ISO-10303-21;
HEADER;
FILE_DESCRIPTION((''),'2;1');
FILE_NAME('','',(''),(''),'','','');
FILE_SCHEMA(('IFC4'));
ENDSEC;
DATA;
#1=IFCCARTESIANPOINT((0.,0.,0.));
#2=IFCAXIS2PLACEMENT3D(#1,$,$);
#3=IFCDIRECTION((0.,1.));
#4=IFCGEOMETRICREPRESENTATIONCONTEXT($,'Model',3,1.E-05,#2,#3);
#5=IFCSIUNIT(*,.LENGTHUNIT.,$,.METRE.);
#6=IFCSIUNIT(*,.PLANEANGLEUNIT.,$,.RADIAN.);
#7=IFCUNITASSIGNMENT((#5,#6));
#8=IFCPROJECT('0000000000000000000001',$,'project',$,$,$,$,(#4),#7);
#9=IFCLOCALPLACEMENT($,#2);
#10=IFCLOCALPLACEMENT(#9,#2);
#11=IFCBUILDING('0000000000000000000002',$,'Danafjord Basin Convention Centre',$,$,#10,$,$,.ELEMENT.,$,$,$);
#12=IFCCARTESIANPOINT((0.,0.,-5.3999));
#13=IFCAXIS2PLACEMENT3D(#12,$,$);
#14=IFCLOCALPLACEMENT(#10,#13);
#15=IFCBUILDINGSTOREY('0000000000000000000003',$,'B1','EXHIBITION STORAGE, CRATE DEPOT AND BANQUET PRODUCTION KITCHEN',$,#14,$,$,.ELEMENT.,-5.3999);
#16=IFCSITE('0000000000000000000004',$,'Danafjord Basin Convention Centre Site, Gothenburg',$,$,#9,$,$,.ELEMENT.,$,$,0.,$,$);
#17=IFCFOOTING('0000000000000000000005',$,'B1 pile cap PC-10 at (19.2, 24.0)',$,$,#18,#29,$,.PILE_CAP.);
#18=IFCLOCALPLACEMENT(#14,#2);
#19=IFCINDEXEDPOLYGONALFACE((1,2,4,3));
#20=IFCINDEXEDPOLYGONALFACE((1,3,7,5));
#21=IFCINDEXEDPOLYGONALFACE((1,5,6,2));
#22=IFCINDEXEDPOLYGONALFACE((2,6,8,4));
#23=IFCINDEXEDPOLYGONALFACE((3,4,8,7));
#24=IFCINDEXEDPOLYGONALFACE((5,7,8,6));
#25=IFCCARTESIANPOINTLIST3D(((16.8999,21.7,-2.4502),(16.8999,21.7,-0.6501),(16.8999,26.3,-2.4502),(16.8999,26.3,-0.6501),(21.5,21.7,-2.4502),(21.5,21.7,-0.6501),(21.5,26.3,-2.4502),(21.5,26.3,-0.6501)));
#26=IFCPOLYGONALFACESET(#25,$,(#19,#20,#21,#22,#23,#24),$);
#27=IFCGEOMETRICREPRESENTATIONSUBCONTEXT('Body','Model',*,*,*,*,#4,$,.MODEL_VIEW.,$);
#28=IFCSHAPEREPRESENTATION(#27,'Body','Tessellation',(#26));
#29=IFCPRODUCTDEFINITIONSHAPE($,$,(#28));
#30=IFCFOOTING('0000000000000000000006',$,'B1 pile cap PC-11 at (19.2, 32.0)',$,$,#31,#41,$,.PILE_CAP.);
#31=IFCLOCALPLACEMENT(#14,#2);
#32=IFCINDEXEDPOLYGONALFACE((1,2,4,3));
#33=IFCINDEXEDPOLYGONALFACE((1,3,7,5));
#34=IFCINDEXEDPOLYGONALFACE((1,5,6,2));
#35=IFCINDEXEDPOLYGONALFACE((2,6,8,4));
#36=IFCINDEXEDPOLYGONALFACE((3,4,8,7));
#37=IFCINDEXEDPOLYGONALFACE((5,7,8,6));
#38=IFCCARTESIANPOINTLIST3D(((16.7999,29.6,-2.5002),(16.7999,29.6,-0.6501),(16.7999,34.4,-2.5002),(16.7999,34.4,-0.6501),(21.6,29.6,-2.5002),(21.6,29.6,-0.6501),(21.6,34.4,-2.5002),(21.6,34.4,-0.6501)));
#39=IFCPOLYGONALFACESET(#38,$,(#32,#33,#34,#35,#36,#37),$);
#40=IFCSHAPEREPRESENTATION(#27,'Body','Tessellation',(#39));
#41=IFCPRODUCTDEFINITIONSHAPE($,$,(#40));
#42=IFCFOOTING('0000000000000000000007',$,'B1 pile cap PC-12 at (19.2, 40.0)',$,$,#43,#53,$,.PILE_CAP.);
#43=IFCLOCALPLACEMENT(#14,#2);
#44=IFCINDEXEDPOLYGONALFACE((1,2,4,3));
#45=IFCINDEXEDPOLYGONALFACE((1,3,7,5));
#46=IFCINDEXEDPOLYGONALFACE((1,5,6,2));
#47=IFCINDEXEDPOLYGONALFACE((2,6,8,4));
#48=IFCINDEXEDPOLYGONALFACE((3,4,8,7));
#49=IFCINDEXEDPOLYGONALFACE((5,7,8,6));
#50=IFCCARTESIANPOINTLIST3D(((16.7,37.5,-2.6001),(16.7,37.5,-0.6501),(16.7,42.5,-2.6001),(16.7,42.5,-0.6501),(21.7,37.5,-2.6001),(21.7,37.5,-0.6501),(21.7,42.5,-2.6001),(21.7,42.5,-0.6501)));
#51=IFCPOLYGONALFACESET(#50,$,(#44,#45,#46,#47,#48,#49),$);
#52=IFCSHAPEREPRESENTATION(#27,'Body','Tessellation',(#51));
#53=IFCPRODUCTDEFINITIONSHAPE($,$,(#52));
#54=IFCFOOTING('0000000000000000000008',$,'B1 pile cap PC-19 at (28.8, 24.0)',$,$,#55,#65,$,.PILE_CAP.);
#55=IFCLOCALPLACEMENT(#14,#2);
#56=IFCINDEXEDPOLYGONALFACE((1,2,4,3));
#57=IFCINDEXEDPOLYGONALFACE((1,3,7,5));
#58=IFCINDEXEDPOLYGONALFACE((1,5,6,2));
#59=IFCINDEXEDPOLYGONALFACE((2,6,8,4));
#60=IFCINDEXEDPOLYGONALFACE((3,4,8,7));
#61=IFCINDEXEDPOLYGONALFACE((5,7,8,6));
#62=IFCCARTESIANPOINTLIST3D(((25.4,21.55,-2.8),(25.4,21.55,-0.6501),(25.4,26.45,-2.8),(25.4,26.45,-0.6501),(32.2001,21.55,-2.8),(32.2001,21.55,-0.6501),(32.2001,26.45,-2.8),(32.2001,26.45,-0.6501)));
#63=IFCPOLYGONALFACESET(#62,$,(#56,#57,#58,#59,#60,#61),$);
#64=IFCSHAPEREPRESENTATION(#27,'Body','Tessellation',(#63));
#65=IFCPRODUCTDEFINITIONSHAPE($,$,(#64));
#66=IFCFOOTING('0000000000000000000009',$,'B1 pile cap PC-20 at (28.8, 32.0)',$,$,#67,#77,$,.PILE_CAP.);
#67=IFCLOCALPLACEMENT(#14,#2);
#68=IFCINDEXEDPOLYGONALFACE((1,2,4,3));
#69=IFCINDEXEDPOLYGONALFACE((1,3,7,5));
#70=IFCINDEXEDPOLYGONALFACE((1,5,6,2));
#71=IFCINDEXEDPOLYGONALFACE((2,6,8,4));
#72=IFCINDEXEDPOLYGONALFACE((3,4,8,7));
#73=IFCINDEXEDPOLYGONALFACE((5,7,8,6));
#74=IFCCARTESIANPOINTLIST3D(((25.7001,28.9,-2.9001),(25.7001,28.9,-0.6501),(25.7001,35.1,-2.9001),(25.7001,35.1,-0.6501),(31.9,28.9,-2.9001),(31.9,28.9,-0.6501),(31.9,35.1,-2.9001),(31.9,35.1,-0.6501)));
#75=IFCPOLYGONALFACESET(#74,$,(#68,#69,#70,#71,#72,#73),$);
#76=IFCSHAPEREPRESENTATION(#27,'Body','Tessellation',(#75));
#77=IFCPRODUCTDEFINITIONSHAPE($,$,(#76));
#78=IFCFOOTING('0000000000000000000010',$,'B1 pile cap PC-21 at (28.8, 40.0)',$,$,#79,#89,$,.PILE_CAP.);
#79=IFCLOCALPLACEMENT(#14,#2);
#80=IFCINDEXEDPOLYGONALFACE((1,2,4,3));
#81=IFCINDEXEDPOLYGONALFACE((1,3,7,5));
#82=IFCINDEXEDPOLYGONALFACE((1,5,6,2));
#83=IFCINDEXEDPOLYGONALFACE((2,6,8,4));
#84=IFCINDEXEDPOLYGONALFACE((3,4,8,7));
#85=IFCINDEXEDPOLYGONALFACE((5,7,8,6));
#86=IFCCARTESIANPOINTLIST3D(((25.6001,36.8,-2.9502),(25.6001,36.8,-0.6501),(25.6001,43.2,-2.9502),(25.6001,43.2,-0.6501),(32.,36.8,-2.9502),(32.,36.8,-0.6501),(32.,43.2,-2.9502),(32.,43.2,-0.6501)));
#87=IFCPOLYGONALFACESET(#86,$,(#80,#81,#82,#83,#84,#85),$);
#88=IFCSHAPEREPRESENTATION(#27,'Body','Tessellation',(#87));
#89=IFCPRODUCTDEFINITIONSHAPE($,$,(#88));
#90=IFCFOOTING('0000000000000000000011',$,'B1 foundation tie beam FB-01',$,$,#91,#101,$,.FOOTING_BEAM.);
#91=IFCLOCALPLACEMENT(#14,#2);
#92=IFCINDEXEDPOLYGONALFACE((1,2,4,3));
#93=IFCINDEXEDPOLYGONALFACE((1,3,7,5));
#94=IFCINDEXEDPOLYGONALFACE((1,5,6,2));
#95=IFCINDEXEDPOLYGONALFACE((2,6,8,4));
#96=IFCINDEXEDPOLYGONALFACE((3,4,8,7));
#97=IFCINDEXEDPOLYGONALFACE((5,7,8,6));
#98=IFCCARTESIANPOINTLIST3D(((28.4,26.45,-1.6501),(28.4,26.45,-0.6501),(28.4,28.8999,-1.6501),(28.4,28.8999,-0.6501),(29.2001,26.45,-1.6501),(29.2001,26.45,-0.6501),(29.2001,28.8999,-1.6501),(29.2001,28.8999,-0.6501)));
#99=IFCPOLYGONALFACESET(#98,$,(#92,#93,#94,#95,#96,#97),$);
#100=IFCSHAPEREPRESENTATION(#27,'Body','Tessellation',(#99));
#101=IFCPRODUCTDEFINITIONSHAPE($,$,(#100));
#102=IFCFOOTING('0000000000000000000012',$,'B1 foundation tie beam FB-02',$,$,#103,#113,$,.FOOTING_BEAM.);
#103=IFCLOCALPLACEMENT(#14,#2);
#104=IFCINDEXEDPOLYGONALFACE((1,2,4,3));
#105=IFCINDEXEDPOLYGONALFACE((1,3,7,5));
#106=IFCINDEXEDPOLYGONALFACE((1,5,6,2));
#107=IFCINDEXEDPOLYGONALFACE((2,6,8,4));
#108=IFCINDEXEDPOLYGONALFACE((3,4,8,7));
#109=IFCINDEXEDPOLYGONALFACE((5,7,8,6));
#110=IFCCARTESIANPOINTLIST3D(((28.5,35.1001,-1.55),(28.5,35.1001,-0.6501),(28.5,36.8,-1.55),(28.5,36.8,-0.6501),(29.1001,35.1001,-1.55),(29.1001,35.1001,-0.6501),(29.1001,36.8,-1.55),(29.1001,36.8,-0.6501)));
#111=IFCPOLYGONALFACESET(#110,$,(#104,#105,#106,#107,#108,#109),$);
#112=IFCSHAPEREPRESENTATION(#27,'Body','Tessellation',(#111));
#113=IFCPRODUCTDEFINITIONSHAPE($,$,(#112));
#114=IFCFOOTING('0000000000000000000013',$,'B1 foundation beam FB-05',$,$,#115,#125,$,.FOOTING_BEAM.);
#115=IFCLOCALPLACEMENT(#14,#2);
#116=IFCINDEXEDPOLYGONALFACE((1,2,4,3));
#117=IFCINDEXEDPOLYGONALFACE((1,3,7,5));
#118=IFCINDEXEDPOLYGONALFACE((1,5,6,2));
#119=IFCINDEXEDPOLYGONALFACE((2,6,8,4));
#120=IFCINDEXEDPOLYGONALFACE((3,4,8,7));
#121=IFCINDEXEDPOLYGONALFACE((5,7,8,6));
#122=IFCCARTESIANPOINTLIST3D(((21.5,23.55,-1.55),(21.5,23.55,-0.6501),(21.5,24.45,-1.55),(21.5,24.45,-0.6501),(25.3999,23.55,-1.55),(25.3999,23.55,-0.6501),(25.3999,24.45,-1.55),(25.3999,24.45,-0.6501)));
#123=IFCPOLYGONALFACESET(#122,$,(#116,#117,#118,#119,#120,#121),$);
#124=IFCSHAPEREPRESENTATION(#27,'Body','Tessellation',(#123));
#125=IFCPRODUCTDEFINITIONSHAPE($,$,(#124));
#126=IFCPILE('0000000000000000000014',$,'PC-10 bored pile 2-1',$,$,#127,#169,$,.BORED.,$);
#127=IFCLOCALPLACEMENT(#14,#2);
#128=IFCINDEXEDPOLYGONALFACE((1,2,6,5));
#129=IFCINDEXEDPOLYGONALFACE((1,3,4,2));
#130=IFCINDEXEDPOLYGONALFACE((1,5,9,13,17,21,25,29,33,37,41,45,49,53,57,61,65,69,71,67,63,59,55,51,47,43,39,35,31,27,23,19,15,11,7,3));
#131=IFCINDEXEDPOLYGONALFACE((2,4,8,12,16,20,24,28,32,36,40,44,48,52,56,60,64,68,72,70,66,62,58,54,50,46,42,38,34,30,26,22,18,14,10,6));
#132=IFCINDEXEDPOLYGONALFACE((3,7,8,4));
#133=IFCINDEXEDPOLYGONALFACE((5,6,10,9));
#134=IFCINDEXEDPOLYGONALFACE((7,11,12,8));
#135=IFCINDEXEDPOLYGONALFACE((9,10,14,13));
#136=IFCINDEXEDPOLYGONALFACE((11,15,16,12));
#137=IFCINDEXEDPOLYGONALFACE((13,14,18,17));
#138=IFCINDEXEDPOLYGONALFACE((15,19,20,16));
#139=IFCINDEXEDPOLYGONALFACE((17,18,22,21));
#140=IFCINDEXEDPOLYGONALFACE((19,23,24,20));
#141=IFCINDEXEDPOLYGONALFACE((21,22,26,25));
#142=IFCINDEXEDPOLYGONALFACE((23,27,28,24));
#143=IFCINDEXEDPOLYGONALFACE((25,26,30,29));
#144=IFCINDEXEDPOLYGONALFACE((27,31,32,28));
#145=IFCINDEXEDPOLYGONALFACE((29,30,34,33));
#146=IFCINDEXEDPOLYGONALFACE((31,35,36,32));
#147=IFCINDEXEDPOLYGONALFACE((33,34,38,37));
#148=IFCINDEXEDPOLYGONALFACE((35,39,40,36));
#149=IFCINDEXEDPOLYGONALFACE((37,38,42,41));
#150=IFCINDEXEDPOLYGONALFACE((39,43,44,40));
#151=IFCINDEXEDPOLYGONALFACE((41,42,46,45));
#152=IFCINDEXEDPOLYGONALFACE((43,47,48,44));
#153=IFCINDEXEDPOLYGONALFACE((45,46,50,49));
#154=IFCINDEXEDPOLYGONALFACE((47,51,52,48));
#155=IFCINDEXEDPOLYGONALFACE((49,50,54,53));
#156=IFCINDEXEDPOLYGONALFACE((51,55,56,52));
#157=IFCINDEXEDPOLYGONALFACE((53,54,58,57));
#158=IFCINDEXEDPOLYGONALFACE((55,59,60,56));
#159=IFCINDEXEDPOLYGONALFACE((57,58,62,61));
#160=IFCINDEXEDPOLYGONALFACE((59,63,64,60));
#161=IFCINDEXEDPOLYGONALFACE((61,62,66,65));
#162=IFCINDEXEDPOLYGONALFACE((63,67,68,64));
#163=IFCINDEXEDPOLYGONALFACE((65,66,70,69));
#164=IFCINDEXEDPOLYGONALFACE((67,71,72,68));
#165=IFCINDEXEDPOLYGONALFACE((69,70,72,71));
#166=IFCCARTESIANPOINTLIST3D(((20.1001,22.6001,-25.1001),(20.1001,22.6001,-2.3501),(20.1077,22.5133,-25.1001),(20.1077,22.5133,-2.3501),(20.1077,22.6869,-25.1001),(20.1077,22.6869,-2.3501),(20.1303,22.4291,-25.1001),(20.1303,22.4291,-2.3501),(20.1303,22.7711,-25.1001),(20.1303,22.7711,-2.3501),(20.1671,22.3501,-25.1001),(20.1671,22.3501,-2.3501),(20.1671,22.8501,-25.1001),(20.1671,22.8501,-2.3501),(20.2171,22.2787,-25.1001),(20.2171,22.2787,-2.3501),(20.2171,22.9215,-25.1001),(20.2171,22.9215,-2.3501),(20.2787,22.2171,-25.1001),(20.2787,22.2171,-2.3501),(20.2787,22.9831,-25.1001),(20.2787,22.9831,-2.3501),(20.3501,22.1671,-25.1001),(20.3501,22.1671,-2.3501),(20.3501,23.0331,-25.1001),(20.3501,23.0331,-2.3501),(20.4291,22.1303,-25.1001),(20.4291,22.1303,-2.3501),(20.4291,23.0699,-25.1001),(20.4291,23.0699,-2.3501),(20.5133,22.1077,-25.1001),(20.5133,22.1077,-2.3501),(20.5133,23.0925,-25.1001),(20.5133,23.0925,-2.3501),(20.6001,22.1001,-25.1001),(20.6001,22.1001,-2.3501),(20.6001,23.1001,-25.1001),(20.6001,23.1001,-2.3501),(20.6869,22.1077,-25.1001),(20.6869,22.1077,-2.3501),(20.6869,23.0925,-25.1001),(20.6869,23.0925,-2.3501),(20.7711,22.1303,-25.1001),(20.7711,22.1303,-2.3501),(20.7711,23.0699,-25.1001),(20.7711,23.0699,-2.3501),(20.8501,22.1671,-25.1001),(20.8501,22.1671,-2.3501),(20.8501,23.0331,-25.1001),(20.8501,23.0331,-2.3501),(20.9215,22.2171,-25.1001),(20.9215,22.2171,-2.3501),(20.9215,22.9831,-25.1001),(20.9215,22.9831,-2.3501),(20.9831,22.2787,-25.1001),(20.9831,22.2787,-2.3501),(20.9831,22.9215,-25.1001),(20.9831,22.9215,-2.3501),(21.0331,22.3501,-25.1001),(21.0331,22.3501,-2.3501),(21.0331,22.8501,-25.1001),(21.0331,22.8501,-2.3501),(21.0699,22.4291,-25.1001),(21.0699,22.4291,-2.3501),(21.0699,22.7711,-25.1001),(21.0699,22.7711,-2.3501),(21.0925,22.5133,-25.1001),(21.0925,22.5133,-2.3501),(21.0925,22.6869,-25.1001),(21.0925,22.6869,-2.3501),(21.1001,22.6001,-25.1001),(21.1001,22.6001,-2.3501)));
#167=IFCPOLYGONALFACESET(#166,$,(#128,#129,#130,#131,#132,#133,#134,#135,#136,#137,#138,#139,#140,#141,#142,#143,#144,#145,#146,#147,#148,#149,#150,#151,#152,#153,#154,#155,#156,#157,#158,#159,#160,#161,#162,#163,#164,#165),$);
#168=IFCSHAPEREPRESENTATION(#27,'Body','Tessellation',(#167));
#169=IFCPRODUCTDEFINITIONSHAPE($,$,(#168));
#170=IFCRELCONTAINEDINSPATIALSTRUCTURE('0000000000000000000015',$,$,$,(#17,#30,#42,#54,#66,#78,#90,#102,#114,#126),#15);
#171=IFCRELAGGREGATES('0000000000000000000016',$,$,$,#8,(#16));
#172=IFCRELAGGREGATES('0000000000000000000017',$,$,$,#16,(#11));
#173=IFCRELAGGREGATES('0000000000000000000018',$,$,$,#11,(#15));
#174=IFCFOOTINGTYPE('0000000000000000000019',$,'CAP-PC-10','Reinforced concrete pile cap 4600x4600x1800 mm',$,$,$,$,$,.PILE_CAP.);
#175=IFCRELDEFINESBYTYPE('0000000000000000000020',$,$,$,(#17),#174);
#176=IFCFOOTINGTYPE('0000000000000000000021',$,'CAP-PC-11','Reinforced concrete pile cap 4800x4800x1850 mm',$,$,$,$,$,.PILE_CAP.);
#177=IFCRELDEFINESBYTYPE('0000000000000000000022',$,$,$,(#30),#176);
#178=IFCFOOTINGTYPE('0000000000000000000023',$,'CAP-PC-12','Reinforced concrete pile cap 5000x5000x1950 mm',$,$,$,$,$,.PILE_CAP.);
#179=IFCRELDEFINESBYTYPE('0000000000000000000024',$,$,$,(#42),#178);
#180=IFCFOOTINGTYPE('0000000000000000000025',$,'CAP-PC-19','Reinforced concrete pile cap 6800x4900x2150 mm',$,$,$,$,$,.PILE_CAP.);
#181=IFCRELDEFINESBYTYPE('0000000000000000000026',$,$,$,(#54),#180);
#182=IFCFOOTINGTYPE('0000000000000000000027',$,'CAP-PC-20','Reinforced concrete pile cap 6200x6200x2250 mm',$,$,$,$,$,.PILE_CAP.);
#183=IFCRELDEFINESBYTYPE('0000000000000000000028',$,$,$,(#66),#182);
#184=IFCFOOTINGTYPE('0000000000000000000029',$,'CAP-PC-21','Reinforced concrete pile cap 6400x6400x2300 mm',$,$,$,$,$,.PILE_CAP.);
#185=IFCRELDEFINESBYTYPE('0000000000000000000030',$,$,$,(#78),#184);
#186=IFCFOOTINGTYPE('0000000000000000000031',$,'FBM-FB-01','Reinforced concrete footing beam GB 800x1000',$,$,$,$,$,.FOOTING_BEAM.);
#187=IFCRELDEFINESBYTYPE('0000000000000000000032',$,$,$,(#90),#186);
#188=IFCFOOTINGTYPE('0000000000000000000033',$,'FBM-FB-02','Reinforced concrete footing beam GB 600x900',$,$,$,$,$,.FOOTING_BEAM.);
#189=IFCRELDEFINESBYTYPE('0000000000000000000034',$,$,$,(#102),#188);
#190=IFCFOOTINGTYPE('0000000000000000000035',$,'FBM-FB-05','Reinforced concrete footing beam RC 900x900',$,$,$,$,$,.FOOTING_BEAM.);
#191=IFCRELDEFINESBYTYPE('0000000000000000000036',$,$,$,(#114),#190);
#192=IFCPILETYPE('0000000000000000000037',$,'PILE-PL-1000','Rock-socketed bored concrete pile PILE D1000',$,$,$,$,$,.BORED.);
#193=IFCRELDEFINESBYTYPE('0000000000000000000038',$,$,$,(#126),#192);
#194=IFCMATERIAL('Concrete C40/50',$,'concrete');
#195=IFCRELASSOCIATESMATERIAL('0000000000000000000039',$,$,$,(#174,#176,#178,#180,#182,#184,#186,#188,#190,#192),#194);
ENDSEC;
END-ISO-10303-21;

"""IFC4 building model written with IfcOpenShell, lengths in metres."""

from ifc_helpers import new_model, si_unit, direction, frame, origin, origin_2d, place, context, subcontext, project, spatial, rectangle, circle, extrude, material, material_profile, profile_set, type_object, element, save


model = new_model("IFC4")

# Units and contexts
model_context = context("Model", 3, precision=1e-05, world=origin(), true_north=direction((0.0, 1.0)))
body_context = subcontext(model_context, "Body", "Model", "MODEL_VIEW")
ifc_project = project(units=[si_unit("LENGTHUNIT", "METRE"), si_unit("PLANEANGLEUNIT", "RADIAN")], contexts=[model_context])

# Site, building, storey
site_placement = place(None, origin())
site = spatial("IfcSite", under=ifc_project, at=site_placement, Name="Danafjord Basin Convention Centre Site, Gothenburg", CompositionType="ELEMENT", RefElevation=0.0)
building_placement = place(site_placement, origin())
building = spatial("IfcBuilding", under=site, at=building_placement, Name="Danafjord Basin Convention Centre", CompositionType="ELEMENT")
storey_placement = place(building_placement, frame((0.0, 0.0, -5.3999)))
storey = spatial("IfcBuildingStorey", under=building, at=storey_placement, Name="B1", Description="EXHIBITION STORAGE, CRATE DEPOT AND BANQUET PRODUCTION KITCHEN", CompositionType="ELEMENT", Elevation=-5.3999)

# Footings
ifc_material_1 = material(Name="Concrete C40/50", Category="concrete")
footing_type_1 = type_object("IfcFootingType", Name="CAP-PC-10", Description="Reinforced concrete pile cap 4600x4600x1800 mm", PredefinedType="PILE_CAP", material=ifc_material_1)
footing_1_placement = place(storey_placement, frame((19.2, 24.0, -2.4502), z_axis=(0.0, 0.0, 1.0), x_axis=(1.0, 0.0, 0.0)))
element("IfcFooting", 1, at=footing_1_placement, inside=storey, type_object=footing_type_1, Name="B1 pile cap PC-10 at (19.2, 24.0)", PredefinedType="PILE_CAP", context=body_context, shape_type="SweptSolid", body=[
    extrude(rectangle(XDim=4.6001, YDim=4.6001, at=origin_2d()), origin(), (0.0, 0.0, 1.0), 1.8),
])
footing_type_2 = type_object("IfcFootingType", Name="CAP-PC-11", Description="Reinforced concrete pile cap 4800x4800x1850 mm", PredefinedType="PILE_CAP", material=ifc_material_1)
footing_2_placement = place(storey_placement, frame((19.2, 32.0, -2.5002), z_axis=(0.0, 0.0, 1.0), x_axis=(1.0, 0.0, 0.0)))
element("IfcFooting", 2, at=footing_2_placement, inside=storey, type_object=footing_type_2, Name="B1 pile cap PC-11 at (19.2, 32.0)", PredefinedType="PILE_CAP", context=body_context, shape_type="SweptSolid", body=[
    extrude(rectangle(XDim=4.8, YDim=4.8, at=origin_2d()), origin(), (0.0, 0.0, 1.0), 1.8501),
])
footing_type_3 = type_object("IfcFootingType", Name="CAP-PC-12", Description="Reinforced concrete pile cap 5000x5000x1950 mm", PredefinedType="PILE_CAP", material=ifc_material_1)
footing_3_placement = place(storey_placement, frame((19.2, 40.0, -2.6001), z_axis=(0.0, 0.0, 1.0), x_axis=(1.0, 0.0, 0.0)))
element("IfcFooting", 3, at=footing_3_placement, inside=storey, type_object=footing_type_3, Name="B1 pile cap PC-12 at (19.2, 40.0)", PredefinedType="PILE_CAP", context=body_context, shape_type="SweptSolid", body=[
    extrude(rectangle(XDim=5.0, YDim=5.0, at=origin_2d()), origin(), (0.0, 0.0, 1.0), 1.95),
])
footing_type_4 = type_object("IfcFootingType", Name="CAP-PC-19", Description="Reinforced concrete pile cap 6800x4900x2150 mm", PredefinedType="PILE_CAP", material=ifc_material_1)
footing_4_placement = place(storey_placement, frame((28.8, 24.0, -2.8), z_axis=(0.0, 0.0, 1.0), x_axis=(1.0, 0.0, 0.0)))
element("IfcFooting", 4, at=footing_4_placement, inside=storey, type_object=footing_type_4, Name="B1 pile cap PC-19 at (28.8, 24.0)", PredefinedType="PILE_CAP", context=body_context, shape_type="SweptSolid", body=[
    extrude(rectangle(XDim=6.8, YDim=4.8999, at=origin_2d()), origin(), (0.0, 0.0, 1.0), 2.1499),
])
footing_type_5 = type_object("IfcFootingType", Name="CAP-PC-20", Description="Reinforced concrete pile cap 6200x6200x2250 mm", PredefinedType="PILE_CAP", material=ifc_material_1)
footing_5_placement = place(storey_placement, frame((28.8, 32.0, -2.9001), z_axis=(0.0, 0.0, 1.0), x_axis=(1.0, 0.0, 0.0)))
element("IfcFooting", 5, at=footing_5_placement, inside=storey, type_object=footing_type_5, Name="B1 pile cap PC-20 at (28.8, 32.0)", PredefinedType="PILE_CAP", context=body_context, shape_type="SweptSolid", body=[
    extrude(rectangle(XDim=6.2, YDim=6.2, at=origin_2d()), origin(), (0.0, 0.0, 1.0), 2.25),
])
footing_type_6 = type_object("IfcFootingType", Name="CAP-PC-21", Description="Reinforced concrete pile cap 6400x6400x2300 mm", PredefinedType="PILE_CAP", material=ifc_material_1)
footing_6_placement = place(storey_placement, frame((28.8, 40.0, -2.9502), z_axis=(0.0, 0.0, 1.0), x_axis=(1.0, 0.0, 0.0)))
element("IfcFooting", 6, at=footing_6_placement, inside=storey, type_object=footing_type_6, Name="B1 pile cap PC-21 at (28.8, 40.0)", PredefinedType="PILE_CAP", context=body_context, shape_type="SweptSolid", body=[
    extrude(rectangle(XDim=6.3999, YDim=6.3999, at=origin_2d()), origin(), (0.0, 0.0, 1.0), 2.3),
])
ifc_material_profile_1 = material_profile(ifc_material_1, rectangle(XDim=0.8, YDim=1.0, at=origin_2d()), Name="GB 800x1000")
ifc_profile_set_1 = profile_set([ifc_material_profile_1], Name="Concrete C40/50")
footing_type_7 = type_object("IfcFootingType", Name="FBM-FB-01", Description="Reinforced concrete footing beam GB 800x1000", PredefinedType="FOOTING_BEAM", material=ifc_profile_set_1)
footing_7_placement = place(storey_placement, frame((28.8, 26.45, -1.1501), z_axis=(0.0, 1.0, 0.0), x_axis=(-1.0, 0.0, 0.0)))
element("IfcFooting", 7, at=footing_7_placement, inside=storey, type_object=footing_type_7, Name="B1 foundation tie beam FB-01", PredefinedType="FOOTING_BEAM", context=body_context, shape_type="SweptSolid", body=[
    extrude(rectangle(XDim=0.8, YDim=1.0, at=origin_2d()), origin(), (0.0, 0.0, 1.0), 2.45),
])
ifc_material_profile_2 = material_profile(ifc_material_1, rectangle(XDim=0.6001, YDim=0.8999, at=origin_2d()), Name="GB 600x900")
ifc_profile_set_2 = profile_set([ifc_material_profile_2], Name="Concrete C40/50")
footing_type_8 = type_object("IfcFootingType", Name="FBM-FB-02", Description="Reinforced concrete footing beam GB 600x900", PredefinedType="FOOTING_BEAM", material=ifc_profile_set_2)
footing_8_placement = place(storey_placement, frame((28.8, 35.1001, -1.1001), z_axis=(0.0, 1.0, 0.0), x_axis=(-1.0, 0.0, 0.0)))
element("IfcFooting", 8, at=footing_8_placement, inside=storey, type_object=footing_type_8, Name="B1 foundation tie beam FB-02", PredefinedType="FOOTING_BEAM", context=body_context, shape_type="SweptSolid", body=[
    extrude(rectangle(XDim=0.6001, YDim=0.8999, at=origin_2d()), origin(), (0.0, 0.0, 1.0), 1.7),
])
ifc_material_profile_3 = material_profile(ifc_material_1, rectangle(XDim=0.8999, YDim=0.8999, at=origin_2d()), Name="RC 900x900")
ifc_profile_set_3 = profile_set([ifc_material_profile_3], Name="Concrete C40/50")
footing_type_9 = type_object("IfcFootingType", Name="FBM-FB-05", Description="Reinforced concrete footing beam RC 900x900", PredefinedType="FOOTING_BEAM", material=ifc_profile_set_3)
footing_9_placement = place(storey_placement, frame((21.5, 24.0, -1.1001), z_axis=(1.0, 0.0, 0.0), x_axis=(0.0, 1.0, 0.0)))
element("IfcFooting", 9, at=footing_9_placement, inside=storey, type_object=footing_type_9, Name="B1 foundation beam FB-05", PredefinedType="FOOTING_BEAM", context=body_context, shape_type="SweptSolid", body=[
    extrude(rectangle(XDim=0.8999, YDim=0.8999, at=origin_2d()), origin(), (0.0, 0.0, 1.0), 3.8999),
])

# Pile
ifc_material_profile_4 = material_profile(ifc_material_1, circle(Radius=0.5, at=origin_2d()), Name="PILE D1000")
ifc_profile_set_4 = profile_set([ifc_material_profile_4], Name="Concrete C40/50")
pile_type_1 = type_object("IfcPileType", Name="PILE-PL-1000", Description="Rock-socketed bored concrete pile PILE D1000", PredefinedType="BORED", material=ifc_profile_set_4)
for number, where, z_axis, x_axis, name in (
    (10, (20.6001, 22.6001, -2.3501), (0.0, 0.0, -1.0), (1.0, 0.0, 0.0), "PC-10 bored pile 2-1"),
):
    element("IfcPile", number, at=place(storey_placement, frame(where, z_axis=z_axis, x_axis=x_axis)), inside=storey, type_object=pile_type_1, Name=name, PredefinedType="BORED", context=body_context, shape_type="SweptSolid", body=[
        extrude(circle(Radius=0.5, at=origin_2d()), origin(), (0.0, 0.0, 1.0), 22.75),
    ])

save(model, "model.ifc")
